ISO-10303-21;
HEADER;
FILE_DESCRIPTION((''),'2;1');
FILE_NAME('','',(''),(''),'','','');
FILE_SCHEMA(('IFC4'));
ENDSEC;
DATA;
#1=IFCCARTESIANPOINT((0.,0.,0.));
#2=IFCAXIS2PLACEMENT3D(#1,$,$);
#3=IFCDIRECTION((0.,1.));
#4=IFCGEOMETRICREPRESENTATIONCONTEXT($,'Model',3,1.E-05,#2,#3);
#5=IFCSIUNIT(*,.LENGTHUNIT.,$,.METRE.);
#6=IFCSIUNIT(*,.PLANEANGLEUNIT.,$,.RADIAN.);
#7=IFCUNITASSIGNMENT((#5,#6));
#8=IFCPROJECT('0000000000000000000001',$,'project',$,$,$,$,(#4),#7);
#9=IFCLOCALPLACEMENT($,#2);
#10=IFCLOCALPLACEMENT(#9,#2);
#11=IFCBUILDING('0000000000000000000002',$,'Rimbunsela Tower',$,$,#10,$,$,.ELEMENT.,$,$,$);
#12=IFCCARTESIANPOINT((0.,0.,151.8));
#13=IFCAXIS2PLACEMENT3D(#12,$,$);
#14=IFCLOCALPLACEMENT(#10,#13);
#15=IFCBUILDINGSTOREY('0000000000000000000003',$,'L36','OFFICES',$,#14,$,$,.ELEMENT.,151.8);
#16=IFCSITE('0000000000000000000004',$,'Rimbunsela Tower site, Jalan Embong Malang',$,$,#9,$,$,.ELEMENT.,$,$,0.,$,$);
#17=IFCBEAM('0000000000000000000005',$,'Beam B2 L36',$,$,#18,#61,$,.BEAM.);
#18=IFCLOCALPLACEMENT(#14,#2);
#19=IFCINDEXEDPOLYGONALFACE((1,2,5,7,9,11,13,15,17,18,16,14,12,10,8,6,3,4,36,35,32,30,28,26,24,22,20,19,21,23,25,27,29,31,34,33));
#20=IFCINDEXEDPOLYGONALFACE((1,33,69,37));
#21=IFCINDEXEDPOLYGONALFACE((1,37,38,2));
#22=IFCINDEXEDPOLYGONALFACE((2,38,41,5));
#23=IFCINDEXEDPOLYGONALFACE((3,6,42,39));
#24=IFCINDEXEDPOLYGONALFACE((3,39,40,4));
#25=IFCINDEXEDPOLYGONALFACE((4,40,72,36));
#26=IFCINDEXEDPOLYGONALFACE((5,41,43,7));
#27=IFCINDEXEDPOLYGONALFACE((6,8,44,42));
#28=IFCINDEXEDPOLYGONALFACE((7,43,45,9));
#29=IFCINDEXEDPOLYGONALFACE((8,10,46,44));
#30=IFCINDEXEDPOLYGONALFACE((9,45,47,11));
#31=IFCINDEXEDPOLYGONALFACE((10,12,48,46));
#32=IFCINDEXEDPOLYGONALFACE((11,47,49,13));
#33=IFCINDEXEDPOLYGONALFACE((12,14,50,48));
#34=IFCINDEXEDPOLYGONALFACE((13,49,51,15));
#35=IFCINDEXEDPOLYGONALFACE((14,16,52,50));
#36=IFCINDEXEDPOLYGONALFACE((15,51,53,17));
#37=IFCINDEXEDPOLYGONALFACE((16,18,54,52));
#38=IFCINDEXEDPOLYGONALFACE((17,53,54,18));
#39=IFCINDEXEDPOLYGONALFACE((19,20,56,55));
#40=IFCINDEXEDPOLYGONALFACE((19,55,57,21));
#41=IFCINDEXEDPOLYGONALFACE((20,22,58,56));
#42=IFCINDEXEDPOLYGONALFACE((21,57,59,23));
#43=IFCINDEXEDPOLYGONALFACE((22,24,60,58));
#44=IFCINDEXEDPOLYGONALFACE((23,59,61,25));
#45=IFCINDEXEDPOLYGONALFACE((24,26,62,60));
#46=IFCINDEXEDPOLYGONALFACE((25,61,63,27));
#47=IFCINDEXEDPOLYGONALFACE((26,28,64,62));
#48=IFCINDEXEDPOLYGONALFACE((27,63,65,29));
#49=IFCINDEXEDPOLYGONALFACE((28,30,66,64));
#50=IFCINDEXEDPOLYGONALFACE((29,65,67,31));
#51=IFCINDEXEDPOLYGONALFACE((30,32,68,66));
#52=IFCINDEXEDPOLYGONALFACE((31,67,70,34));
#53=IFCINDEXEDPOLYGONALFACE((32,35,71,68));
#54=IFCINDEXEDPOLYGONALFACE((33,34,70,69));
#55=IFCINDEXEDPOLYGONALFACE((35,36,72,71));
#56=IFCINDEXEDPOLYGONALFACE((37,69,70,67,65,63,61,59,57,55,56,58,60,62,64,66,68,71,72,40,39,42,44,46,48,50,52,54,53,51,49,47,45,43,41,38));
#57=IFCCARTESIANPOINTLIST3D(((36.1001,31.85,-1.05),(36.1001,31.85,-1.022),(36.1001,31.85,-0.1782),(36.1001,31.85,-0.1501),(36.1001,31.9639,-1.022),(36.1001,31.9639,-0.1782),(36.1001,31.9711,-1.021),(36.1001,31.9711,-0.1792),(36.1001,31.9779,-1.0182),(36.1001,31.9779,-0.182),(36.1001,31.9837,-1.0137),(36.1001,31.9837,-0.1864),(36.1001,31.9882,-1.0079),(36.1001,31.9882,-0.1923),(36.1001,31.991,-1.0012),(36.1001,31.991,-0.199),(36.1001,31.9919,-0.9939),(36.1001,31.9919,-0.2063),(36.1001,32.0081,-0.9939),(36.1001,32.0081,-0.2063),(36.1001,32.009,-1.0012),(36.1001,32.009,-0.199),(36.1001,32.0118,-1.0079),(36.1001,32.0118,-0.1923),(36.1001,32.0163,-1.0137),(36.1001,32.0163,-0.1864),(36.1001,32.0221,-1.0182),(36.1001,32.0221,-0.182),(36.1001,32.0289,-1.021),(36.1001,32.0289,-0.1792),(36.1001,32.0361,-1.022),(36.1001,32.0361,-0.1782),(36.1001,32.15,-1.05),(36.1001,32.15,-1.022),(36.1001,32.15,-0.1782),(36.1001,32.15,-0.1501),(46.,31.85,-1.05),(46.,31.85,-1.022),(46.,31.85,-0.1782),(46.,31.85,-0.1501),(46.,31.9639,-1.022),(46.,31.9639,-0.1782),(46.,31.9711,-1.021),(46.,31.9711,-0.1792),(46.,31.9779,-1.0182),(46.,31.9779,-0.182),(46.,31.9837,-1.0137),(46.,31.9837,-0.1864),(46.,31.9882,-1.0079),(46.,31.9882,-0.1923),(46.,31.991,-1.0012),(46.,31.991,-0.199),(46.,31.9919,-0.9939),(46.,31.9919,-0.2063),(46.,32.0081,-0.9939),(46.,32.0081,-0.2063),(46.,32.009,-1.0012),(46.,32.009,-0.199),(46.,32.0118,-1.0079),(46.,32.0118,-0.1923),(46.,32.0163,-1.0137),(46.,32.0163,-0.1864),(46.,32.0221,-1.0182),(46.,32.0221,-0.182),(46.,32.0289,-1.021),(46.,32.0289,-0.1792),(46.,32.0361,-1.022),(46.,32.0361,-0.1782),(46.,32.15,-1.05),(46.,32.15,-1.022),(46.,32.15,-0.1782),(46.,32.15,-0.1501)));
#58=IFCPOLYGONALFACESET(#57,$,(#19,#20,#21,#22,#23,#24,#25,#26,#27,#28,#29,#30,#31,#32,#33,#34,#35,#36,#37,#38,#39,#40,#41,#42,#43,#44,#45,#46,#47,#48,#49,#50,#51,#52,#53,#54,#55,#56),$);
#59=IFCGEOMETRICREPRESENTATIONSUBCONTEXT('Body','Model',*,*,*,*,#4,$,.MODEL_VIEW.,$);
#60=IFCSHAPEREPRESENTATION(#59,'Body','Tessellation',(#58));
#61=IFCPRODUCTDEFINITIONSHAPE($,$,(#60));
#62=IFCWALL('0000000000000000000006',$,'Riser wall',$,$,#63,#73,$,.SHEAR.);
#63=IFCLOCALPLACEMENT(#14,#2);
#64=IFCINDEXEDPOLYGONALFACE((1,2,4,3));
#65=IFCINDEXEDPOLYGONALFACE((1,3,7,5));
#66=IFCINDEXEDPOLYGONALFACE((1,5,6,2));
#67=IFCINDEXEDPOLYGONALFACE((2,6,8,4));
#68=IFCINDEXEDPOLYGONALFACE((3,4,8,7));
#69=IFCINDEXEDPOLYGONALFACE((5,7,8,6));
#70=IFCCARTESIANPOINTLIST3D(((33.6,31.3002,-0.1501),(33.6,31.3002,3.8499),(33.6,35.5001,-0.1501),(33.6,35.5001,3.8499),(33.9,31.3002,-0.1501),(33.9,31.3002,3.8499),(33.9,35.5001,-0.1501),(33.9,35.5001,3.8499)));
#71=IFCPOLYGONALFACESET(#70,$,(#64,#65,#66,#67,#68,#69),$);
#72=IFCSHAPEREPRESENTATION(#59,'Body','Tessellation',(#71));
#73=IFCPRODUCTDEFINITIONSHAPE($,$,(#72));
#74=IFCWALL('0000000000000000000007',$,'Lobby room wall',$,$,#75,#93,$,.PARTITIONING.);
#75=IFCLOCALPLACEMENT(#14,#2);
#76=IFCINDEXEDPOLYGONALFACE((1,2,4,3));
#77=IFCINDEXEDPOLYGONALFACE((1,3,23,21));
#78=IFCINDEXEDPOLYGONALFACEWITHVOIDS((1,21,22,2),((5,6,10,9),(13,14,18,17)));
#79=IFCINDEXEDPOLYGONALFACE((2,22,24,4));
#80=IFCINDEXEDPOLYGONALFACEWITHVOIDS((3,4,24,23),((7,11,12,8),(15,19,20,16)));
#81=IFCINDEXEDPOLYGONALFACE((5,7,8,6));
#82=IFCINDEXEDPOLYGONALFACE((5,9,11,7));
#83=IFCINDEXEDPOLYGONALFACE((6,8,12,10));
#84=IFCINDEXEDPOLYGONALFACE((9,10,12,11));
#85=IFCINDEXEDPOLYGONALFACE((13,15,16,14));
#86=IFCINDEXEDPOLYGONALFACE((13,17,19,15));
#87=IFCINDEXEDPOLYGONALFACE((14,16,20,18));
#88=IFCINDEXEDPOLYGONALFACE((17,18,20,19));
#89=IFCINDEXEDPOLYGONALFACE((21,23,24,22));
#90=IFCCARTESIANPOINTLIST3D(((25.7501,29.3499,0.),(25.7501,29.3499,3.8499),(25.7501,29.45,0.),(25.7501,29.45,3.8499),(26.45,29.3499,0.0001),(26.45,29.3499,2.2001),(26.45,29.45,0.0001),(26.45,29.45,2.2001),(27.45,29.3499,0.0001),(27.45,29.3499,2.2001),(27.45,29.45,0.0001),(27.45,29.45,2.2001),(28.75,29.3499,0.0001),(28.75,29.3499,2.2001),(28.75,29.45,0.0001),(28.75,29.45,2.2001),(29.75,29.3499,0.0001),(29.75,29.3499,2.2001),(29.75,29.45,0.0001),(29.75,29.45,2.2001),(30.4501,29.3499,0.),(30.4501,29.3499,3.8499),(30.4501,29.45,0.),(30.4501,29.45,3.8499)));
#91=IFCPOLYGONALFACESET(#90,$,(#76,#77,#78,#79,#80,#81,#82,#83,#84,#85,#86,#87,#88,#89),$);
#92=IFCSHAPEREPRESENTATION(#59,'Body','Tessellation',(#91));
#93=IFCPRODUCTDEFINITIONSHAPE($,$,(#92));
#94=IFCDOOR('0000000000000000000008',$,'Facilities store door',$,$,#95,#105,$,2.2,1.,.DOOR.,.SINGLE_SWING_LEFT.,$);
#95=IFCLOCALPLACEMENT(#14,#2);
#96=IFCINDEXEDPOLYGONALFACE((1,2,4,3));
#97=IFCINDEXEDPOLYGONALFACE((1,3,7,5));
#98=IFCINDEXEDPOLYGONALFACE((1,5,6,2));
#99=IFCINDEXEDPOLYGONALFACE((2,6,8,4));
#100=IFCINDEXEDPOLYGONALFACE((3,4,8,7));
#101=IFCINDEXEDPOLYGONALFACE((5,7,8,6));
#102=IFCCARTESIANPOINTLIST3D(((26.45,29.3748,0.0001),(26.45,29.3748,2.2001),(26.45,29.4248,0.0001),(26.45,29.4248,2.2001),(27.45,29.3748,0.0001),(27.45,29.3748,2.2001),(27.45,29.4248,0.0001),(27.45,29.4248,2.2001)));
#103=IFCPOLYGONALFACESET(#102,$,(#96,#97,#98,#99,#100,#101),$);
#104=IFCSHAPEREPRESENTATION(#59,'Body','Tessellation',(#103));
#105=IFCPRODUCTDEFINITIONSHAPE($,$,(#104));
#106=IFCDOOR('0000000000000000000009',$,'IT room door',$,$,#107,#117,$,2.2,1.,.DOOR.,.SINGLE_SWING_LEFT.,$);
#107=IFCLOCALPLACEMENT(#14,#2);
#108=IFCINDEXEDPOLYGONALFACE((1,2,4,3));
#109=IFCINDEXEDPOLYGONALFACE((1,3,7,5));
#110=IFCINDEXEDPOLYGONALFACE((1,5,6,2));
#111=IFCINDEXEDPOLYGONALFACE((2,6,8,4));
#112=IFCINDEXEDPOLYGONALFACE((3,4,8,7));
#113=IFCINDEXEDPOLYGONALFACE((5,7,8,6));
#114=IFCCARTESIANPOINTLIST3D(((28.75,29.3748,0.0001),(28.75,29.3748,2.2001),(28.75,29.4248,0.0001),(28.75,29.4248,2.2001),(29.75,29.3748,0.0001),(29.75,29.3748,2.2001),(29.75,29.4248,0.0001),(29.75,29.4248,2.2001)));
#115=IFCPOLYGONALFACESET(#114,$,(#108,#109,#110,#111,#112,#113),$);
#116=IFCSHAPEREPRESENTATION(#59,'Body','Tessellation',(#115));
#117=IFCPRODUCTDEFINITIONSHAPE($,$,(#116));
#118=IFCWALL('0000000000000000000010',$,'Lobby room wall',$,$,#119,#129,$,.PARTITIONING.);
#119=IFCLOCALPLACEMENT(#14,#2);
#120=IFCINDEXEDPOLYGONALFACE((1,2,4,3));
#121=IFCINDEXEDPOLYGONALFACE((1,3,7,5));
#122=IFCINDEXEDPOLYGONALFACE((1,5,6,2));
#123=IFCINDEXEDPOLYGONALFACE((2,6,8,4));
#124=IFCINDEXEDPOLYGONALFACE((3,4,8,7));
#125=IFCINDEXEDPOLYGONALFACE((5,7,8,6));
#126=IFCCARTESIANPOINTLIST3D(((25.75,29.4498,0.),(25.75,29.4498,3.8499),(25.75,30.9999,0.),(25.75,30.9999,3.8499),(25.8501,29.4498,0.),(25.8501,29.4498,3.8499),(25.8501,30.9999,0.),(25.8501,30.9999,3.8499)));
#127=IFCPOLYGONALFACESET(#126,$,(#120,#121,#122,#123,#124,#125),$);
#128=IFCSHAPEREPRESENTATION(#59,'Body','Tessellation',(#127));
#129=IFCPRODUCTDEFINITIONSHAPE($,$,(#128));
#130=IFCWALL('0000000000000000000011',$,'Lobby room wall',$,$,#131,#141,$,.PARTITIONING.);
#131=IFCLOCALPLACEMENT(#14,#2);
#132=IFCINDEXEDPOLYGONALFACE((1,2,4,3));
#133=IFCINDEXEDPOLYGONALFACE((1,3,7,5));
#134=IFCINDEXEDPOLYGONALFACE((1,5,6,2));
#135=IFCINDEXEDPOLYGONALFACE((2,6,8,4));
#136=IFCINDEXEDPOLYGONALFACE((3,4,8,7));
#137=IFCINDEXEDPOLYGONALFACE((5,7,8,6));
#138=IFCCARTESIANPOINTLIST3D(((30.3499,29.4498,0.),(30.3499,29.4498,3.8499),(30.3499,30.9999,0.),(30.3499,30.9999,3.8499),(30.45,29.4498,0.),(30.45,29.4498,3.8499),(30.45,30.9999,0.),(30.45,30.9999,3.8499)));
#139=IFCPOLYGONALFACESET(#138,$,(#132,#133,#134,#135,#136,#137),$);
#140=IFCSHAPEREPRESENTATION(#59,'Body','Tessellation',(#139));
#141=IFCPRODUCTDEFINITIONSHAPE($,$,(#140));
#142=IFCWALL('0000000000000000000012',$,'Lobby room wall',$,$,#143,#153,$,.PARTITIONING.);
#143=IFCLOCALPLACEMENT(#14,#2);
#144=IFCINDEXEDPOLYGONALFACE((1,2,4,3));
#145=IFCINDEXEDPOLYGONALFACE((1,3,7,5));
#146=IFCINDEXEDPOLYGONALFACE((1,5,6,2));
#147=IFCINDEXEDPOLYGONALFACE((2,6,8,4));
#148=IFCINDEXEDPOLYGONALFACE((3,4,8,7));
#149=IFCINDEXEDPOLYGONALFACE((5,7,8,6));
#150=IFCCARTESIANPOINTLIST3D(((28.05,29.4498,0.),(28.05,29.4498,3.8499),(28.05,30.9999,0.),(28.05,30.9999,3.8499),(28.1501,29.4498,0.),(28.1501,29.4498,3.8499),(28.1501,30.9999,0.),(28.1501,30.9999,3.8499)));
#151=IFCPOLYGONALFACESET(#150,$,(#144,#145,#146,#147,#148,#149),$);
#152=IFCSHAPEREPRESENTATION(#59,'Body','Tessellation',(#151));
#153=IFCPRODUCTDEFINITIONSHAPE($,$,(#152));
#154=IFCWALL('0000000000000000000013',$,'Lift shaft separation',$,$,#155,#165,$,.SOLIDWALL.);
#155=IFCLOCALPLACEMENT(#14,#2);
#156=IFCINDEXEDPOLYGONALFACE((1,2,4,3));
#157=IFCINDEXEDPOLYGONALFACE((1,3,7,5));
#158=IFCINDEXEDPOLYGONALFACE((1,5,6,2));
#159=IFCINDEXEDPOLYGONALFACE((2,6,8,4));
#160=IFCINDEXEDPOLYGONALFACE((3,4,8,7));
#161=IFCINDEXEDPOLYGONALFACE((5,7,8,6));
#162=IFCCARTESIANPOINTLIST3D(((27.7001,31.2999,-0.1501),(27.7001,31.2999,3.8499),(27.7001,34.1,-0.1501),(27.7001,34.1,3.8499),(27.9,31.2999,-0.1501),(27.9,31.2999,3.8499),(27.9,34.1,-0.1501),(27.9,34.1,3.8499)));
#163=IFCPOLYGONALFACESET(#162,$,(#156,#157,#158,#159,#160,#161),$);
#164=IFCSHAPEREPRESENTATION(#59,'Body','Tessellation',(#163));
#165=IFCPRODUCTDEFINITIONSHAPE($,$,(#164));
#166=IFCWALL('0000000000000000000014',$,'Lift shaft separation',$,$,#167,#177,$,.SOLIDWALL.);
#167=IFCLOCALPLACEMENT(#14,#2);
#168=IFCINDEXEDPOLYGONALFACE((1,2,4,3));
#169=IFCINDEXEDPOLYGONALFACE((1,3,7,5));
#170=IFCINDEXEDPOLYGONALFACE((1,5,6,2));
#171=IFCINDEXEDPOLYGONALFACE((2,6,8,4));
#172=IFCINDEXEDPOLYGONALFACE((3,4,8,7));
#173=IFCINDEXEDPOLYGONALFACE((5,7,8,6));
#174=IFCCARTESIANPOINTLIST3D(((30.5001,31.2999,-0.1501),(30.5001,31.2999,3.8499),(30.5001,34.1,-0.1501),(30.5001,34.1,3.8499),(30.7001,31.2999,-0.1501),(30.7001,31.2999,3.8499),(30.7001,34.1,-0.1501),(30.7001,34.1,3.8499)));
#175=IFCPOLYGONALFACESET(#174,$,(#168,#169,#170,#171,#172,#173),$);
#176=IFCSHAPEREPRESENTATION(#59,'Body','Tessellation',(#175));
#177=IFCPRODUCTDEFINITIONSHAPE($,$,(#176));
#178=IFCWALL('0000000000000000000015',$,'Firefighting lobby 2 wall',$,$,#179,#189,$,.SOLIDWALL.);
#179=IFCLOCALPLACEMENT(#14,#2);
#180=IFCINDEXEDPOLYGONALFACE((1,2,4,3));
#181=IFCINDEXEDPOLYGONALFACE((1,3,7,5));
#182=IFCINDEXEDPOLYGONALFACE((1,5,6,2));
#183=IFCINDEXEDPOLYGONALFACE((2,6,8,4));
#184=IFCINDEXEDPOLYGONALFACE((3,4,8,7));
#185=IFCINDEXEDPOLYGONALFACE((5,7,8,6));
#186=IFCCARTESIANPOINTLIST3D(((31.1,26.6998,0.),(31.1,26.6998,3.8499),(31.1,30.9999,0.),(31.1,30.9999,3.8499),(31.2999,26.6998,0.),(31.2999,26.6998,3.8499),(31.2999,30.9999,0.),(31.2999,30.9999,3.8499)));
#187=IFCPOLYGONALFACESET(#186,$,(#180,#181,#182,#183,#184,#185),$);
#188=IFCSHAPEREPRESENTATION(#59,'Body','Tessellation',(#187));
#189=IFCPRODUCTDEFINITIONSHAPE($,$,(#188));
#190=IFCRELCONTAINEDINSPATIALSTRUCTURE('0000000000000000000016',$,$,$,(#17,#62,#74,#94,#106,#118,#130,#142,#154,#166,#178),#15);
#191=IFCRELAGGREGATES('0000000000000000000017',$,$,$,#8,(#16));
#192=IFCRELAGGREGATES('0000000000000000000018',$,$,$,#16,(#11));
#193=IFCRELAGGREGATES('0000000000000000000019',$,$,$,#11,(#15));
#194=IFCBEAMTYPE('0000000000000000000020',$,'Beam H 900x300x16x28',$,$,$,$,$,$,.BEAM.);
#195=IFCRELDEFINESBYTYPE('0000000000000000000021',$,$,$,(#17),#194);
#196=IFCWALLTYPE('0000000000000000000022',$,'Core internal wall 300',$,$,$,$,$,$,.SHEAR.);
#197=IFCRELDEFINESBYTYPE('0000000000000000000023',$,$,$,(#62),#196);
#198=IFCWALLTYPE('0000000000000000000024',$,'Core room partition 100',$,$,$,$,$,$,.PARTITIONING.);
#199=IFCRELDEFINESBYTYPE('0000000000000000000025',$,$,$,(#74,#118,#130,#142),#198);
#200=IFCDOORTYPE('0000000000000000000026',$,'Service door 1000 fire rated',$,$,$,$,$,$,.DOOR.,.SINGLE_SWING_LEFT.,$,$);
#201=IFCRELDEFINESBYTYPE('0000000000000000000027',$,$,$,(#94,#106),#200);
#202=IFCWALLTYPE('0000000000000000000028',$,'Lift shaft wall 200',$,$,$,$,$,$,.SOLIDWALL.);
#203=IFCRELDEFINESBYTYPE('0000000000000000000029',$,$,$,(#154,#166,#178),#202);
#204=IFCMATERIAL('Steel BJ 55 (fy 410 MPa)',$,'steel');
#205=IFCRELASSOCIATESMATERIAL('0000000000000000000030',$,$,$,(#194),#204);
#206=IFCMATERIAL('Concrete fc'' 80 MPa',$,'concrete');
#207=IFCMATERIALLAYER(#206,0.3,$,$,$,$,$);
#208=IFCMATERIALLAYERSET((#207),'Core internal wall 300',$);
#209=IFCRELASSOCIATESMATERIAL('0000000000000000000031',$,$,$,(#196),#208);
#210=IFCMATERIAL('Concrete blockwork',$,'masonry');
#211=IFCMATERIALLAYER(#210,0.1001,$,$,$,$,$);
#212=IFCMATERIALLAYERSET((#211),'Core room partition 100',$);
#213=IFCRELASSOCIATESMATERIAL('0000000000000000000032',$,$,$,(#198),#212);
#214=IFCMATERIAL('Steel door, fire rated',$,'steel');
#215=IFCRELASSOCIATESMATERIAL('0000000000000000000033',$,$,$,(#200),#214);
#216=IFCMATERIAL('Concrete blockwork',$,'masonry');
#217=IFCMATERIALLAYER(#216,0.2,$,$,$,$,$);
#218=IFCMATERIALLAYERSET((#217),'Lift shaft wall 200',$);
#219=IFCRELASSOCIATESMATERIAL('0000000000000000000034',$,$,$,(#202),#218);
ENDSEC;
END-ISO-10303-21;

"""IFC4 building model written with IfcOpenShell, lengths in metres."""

from ifc_helpers import new_model, si_unit, direction, frame, frame_2d, origin, origin_2d, place, context, subcontext, project, spatial, rectangle, i_section, extrude, material, layer, layer_set, material_profile, profile_set, type_object, element, fill, save


model = new_model("IFC4")

# Units and contexts
model_context = context("Model", 3, precision=1e-05, world=origin(), true_north=direction((0.0, 1.0)))
body_context = subcontext(model_context, "Body", "Model", "MODEL_VIEW")
ifc_project = project(units=[si_unit("LENGTHUNIT", "METRE"), si_unit("PLANEANGLEUNIT", "RADIAN")], contexts=[model_context])

# Site, building, storey
site_placement = place(None, origin())
site = spatial("IfcSite", under=ifc_project, at=site_placement, Name="Rimbunsela Tower site, Jalan Embong Malang", CompositionType="ELEMENT", RefElevation=0.0)
building_placement = place(site_placement, origin())
building = spatial("IfcBuilding", under=site, at=building_placement, Name="Rimbunsela Tower", CompositionType="ELEMENT")
storey_placement = place(building_placement, frame((0.0, 0.0, 151.8)))
storey = spatial("IfcBuildingStorey", under=building, at=storey_placement, Name="L36", Description="OFFICES", CompositionType="ELEMENT", Elevation=151.8)

# Beam
ifc_material_1 = material(Name="Steel BJ 55 (fy 410 MPa)", Category="steel")
ifc_material_profile_1 = material_profile(ifc_material_1, i_section(OverallWidth=0.3, OverallDepth=0.8999, WebThickness=0.0161, FlangeThickness=0.0281, FilletRadius=0.0281, at=origin_2d()), Name="H 900x300x16x28")
ifc_profile_set_1 = profile_set([ifc_material_profile_1], Name="Steel BJ 55 (fy 410 MPa)")
beam_type_1 = type_object("IfcBeamType", Name="Beam H 900x300x16x28", PredefinedType="BEAM", material=ifc_profile_set_1)
for number, where, z_axis, x_axis, name in (
    (1, (36.1001, 32.0, -0.6001), (1.0, 0.0, 0.0), (0.0, 1.0, 0.0), "Beam B2 L36"),
):
    element("IfcBeam", number, at=place(storey_placement, frame(where, z_axis=z_axis, x_axis=x_axis)), inside=storey, type_object=beam_type_1, Name=name, PredefinedType="BEAM", context=body_context, shape_type="SweptSolid", body=[
        extrude(i_section(OverallWidth=0.3, OverallDepth=0.8999, WebThickness=0.0161, FlangeThickness=0.0281, FilletRadius=0.0281, at=origin_2d()), origin(), (0.0, 0.0, 1.0), 9.8999),
    ])

# Wall
ifc_material_2 = material(Name="Concrete fc' 80 MPa", Category="concrete")
ifc_layer_1 = layer(ifc_material_2, 0.3)
ifc_layer_set_1 = layer_set([ifc_layer_1], Name="Core internal wall 300")
wall_type_1 = type_object("IfcWallType", Name="Core internal wall 300", PredefinedType="SHEAR", material=ifc_layer_set_1)
wall_1_placement = place(storey_placement, frame((33.75, 31.3, -0.1501), z_axis=(0.0, 0.0, 1.0), x_axis=(0.0, 1.0, 0.0)))
element("IfcWall", 2, at=wall_1_placement, inside=storey, type_object=wall_type_1, Name="Riser wall", PredefinedType="SHEAR", context=body_context, shape_type="SweptSolid", body=[
    extrude(rectangle(XDim=4.2, YDim=0.3, at=frame_2d((2.1001, 0.0))), origin(), (0.0, 0.0, 1.0), 4.0),
])

# Wall, openings, doors
ifc_material_3 = material(Name="Concrete blockwork", Category="masonry")
ifc_layer_2 = layer(ifc_material_3, 0.1001)
ifc_layer_set_2 = layer_set([ifc_layer_2], Name="Core room partition 100")
wall_type_2 = type_object("IfcWallType", Name="Core room partition 100", PredefinedType="PARTITIONING", material=ifc_layer_set_2)
wall_2_placement = place(storey_placement, frame((25.75, 29.3999, 0.0), z_axis=(0.0, 0.0, 1.0), x_axis=(1.0, 0.0, 0.0)))
wall_2 = element("IfcWall", 3, at=wall_2_placement, inside=storey, type_object=wall_type_2, Name="Lobby room wall", PredefinedType="PARTITIONING", context=body_context, shape_type="SweptSolid", body=[
    extrude(rectangle(XDim=4.7, YDim=0.1001, at=frame_2d((2.3501, 0.0))), origin(), (0.0, 0.0, 1.0), 3.8499),
])
opening_1_placement = place(wall_2_placement, frame((0.7, 0.0, 0.0)))
opening_1 = element("IfcOpeningElement", 4, at=opening_1_placement, cuts=wall_2, PredefinedType="OPENING", context=body_context, shape_type="SweptSolid", body=[
    extrude(rectangle(XDim=1.0, YDim=2.2, at=frame_2d((0.5, 1.1001))), frame((0.0, 0.0601, 0.0), z_axis=(0.0, -1.0, 0.0), x_axis=(1.0, 0.0, 0.0)), (0.0, 0.0, 1.0), 0.1201),
])
opening_2_placement = place(wall_2_placement, frame((3.0, 0.0, 0.0)))
opening_2 = element("IfcOpeningElement", 5, at=opening_2_placement, cuts=wall_2, PredefinedType="OPENING", context=body_context, shape_type="SweptSolid", body=[
    extrude(rectangle(XDim=1.0, YDim=2.2, at=frame_2d((0.5, 1.1001))), frame((0.0, 0.0601, 0.0), z_axis=(0.0, -1.0, 0.0), x_axis=(1.0, 0.0, 0.0)), (0.0, 0.0, 1.0), 0.1201),
])
ifc_material_4 = material(Name="Steel door, fire rated", Category="steel")
door_type = type_object("IfcDoorType", Name="Service door 1000 fire rated", OperationType="SINGLE_SWING_LEFT", PredefinedType="DOOR", material=ifc_material_4)
door_1_placement = place(opening_1_placement, origin())
door_1 = element("IfcDoor", 6, at=door_1_placement, inside=storey, type_object=door_type, Name="Facilities store door", OperationType="SINGLE_SWING_LEFT", OverallHeight=2.2, OverallWidth=1.0, PredefinedType="DOOR", context=body_context, shape_type="SweptSolid", body=[
    extrude(rectangle(XDim=1.0, YDim=2.2, at=frame_2d((0.5, 1.1001))), frame((0.0, 0.0249, 0.0), z_axis=(0.0, -1.0, 0.0), x_axis=(1.0, 0.0, 0.0)), (0.0, 0.0, 1.0), 0.05),
])
fill(opening_1, door_1)
door_2_placement = place(opening_2_placement, origin())
door_2 = element("IfcDoor", 7, at=door_2_placement, inside=storey, type_object=door_type, Name="IT room door", OperationType="SINGLE_SWING_LEFT", OverallHeight=2.2, OverallWidth=1.0, PredefinedType="DOOR", context=body_context, shape_type="SweptSolid", body=[
    extrude(rectangle(XDim=1.0, YDim=2.2, at=frame_2d((0.5, 1.1001))), frame((0.0, 0.0249, 0.0), z_axis=(0.0, -1.0, 0.0), x_axis=(1.0, 0.0, 0.0)), (0.0, 0.0, 1.0), 0.05),
])
fill(opening_2, door_2)

# Walls
for number, where, z_axis, x_axis, name in (
    (8, (25.8, 29.45, 0.0), (0.0, 0.0, 1.0), (0.0, 1.0, 0.0), "Lobby room wall"),
    (9, (30.3999, 29.45, 0.0), (0.0, 0.0, 1.0), (0.0, 1.0, 0.0), "Lobby room wall"),
    (10, (28.1001, 29.45, 0.0), (0.0, 0.0, 1.0), (0.0, 1.0, 0.0), "Lobby room wall"),
):
    element("IfcWall", number, at=place(storey_placement, frame(where, z_axis=z_axis, x_axis=x_axis)), inside=storey, type_object=wall_type_2, Name=name, PredefinedType="PARTITIONING", context=body_context, shape_type="SweptSolid", body=[
        extrude(rectangle(XDim=1.55, YDim=0.1001, at=frame_2d((0.7749, 0.0))), origin(), (0.0, 0.0, 1.0), 3.8499),
    ])
ifc_material_5 = material(Name="Concrete blockwork", Category="masonry")
ifc_layer_3 = layer(ifc_material_5, 0.2)
ifc_layer_set_3 = layer_set([ifc_layer_3], Name="Lift shaft wall 200")
wall_type_3 = type_object("IfcWallType", Name="Lift shaft wall 200", PredefinedType="SOLIDWALL", material=ifc_layer_set_3)
for number, where, z_axis, x_axis, name in (
    (11, (27.8, 31.3, -0.1501), (0.0, 0.0, 1.0), (0.0, 1.0, 0.0), "Lift shaft separation"),
    (12, (30.6001, 31.3, -0.1501), (0.0, 0.0, 1.0), (0.0, 1.0, 0.0), "Lift shaft separation"),
):
    element("IfcWall", number, at=place(storey_placement, frame(where, z_axis=z_axis, x_axis=x_axis)), inside=storey, type_object=wall_type_3, Name=name, PredefinedType="SOLIDWALL", context=body_context, shape_type="SweptSolid", body=[
        extrude(rectangle(XDim=2.8, YDim=0.2, at=frame_2d((1.3999, 0.0))), origin(), (0.0, 0.0, 1.0), 4.0),
    ])
wall_3_placement = place(storey_placement, frame((31.2, 26.7, 0.0), z_axis=(0.0, 0.0, 1.0), x_axis=(0.0, 1.0, 0.0)))
element("IfcWall", 13, at=wall_3_placement, inside=storey, type_object=wall_type_3, Name="Firefighting lobby 2 wall", PredefinedType="SOLIDWALL", context=body_context, shape_type="SweptSolid", body=[
    extrude(rectangle(XDim=4.3, YDim=0.2, at=frame_2d((2.1499, 0.0))), origin(), (0.0, 0.0, 1.0), 3.8499),
])

save(model, "model.ifc")
